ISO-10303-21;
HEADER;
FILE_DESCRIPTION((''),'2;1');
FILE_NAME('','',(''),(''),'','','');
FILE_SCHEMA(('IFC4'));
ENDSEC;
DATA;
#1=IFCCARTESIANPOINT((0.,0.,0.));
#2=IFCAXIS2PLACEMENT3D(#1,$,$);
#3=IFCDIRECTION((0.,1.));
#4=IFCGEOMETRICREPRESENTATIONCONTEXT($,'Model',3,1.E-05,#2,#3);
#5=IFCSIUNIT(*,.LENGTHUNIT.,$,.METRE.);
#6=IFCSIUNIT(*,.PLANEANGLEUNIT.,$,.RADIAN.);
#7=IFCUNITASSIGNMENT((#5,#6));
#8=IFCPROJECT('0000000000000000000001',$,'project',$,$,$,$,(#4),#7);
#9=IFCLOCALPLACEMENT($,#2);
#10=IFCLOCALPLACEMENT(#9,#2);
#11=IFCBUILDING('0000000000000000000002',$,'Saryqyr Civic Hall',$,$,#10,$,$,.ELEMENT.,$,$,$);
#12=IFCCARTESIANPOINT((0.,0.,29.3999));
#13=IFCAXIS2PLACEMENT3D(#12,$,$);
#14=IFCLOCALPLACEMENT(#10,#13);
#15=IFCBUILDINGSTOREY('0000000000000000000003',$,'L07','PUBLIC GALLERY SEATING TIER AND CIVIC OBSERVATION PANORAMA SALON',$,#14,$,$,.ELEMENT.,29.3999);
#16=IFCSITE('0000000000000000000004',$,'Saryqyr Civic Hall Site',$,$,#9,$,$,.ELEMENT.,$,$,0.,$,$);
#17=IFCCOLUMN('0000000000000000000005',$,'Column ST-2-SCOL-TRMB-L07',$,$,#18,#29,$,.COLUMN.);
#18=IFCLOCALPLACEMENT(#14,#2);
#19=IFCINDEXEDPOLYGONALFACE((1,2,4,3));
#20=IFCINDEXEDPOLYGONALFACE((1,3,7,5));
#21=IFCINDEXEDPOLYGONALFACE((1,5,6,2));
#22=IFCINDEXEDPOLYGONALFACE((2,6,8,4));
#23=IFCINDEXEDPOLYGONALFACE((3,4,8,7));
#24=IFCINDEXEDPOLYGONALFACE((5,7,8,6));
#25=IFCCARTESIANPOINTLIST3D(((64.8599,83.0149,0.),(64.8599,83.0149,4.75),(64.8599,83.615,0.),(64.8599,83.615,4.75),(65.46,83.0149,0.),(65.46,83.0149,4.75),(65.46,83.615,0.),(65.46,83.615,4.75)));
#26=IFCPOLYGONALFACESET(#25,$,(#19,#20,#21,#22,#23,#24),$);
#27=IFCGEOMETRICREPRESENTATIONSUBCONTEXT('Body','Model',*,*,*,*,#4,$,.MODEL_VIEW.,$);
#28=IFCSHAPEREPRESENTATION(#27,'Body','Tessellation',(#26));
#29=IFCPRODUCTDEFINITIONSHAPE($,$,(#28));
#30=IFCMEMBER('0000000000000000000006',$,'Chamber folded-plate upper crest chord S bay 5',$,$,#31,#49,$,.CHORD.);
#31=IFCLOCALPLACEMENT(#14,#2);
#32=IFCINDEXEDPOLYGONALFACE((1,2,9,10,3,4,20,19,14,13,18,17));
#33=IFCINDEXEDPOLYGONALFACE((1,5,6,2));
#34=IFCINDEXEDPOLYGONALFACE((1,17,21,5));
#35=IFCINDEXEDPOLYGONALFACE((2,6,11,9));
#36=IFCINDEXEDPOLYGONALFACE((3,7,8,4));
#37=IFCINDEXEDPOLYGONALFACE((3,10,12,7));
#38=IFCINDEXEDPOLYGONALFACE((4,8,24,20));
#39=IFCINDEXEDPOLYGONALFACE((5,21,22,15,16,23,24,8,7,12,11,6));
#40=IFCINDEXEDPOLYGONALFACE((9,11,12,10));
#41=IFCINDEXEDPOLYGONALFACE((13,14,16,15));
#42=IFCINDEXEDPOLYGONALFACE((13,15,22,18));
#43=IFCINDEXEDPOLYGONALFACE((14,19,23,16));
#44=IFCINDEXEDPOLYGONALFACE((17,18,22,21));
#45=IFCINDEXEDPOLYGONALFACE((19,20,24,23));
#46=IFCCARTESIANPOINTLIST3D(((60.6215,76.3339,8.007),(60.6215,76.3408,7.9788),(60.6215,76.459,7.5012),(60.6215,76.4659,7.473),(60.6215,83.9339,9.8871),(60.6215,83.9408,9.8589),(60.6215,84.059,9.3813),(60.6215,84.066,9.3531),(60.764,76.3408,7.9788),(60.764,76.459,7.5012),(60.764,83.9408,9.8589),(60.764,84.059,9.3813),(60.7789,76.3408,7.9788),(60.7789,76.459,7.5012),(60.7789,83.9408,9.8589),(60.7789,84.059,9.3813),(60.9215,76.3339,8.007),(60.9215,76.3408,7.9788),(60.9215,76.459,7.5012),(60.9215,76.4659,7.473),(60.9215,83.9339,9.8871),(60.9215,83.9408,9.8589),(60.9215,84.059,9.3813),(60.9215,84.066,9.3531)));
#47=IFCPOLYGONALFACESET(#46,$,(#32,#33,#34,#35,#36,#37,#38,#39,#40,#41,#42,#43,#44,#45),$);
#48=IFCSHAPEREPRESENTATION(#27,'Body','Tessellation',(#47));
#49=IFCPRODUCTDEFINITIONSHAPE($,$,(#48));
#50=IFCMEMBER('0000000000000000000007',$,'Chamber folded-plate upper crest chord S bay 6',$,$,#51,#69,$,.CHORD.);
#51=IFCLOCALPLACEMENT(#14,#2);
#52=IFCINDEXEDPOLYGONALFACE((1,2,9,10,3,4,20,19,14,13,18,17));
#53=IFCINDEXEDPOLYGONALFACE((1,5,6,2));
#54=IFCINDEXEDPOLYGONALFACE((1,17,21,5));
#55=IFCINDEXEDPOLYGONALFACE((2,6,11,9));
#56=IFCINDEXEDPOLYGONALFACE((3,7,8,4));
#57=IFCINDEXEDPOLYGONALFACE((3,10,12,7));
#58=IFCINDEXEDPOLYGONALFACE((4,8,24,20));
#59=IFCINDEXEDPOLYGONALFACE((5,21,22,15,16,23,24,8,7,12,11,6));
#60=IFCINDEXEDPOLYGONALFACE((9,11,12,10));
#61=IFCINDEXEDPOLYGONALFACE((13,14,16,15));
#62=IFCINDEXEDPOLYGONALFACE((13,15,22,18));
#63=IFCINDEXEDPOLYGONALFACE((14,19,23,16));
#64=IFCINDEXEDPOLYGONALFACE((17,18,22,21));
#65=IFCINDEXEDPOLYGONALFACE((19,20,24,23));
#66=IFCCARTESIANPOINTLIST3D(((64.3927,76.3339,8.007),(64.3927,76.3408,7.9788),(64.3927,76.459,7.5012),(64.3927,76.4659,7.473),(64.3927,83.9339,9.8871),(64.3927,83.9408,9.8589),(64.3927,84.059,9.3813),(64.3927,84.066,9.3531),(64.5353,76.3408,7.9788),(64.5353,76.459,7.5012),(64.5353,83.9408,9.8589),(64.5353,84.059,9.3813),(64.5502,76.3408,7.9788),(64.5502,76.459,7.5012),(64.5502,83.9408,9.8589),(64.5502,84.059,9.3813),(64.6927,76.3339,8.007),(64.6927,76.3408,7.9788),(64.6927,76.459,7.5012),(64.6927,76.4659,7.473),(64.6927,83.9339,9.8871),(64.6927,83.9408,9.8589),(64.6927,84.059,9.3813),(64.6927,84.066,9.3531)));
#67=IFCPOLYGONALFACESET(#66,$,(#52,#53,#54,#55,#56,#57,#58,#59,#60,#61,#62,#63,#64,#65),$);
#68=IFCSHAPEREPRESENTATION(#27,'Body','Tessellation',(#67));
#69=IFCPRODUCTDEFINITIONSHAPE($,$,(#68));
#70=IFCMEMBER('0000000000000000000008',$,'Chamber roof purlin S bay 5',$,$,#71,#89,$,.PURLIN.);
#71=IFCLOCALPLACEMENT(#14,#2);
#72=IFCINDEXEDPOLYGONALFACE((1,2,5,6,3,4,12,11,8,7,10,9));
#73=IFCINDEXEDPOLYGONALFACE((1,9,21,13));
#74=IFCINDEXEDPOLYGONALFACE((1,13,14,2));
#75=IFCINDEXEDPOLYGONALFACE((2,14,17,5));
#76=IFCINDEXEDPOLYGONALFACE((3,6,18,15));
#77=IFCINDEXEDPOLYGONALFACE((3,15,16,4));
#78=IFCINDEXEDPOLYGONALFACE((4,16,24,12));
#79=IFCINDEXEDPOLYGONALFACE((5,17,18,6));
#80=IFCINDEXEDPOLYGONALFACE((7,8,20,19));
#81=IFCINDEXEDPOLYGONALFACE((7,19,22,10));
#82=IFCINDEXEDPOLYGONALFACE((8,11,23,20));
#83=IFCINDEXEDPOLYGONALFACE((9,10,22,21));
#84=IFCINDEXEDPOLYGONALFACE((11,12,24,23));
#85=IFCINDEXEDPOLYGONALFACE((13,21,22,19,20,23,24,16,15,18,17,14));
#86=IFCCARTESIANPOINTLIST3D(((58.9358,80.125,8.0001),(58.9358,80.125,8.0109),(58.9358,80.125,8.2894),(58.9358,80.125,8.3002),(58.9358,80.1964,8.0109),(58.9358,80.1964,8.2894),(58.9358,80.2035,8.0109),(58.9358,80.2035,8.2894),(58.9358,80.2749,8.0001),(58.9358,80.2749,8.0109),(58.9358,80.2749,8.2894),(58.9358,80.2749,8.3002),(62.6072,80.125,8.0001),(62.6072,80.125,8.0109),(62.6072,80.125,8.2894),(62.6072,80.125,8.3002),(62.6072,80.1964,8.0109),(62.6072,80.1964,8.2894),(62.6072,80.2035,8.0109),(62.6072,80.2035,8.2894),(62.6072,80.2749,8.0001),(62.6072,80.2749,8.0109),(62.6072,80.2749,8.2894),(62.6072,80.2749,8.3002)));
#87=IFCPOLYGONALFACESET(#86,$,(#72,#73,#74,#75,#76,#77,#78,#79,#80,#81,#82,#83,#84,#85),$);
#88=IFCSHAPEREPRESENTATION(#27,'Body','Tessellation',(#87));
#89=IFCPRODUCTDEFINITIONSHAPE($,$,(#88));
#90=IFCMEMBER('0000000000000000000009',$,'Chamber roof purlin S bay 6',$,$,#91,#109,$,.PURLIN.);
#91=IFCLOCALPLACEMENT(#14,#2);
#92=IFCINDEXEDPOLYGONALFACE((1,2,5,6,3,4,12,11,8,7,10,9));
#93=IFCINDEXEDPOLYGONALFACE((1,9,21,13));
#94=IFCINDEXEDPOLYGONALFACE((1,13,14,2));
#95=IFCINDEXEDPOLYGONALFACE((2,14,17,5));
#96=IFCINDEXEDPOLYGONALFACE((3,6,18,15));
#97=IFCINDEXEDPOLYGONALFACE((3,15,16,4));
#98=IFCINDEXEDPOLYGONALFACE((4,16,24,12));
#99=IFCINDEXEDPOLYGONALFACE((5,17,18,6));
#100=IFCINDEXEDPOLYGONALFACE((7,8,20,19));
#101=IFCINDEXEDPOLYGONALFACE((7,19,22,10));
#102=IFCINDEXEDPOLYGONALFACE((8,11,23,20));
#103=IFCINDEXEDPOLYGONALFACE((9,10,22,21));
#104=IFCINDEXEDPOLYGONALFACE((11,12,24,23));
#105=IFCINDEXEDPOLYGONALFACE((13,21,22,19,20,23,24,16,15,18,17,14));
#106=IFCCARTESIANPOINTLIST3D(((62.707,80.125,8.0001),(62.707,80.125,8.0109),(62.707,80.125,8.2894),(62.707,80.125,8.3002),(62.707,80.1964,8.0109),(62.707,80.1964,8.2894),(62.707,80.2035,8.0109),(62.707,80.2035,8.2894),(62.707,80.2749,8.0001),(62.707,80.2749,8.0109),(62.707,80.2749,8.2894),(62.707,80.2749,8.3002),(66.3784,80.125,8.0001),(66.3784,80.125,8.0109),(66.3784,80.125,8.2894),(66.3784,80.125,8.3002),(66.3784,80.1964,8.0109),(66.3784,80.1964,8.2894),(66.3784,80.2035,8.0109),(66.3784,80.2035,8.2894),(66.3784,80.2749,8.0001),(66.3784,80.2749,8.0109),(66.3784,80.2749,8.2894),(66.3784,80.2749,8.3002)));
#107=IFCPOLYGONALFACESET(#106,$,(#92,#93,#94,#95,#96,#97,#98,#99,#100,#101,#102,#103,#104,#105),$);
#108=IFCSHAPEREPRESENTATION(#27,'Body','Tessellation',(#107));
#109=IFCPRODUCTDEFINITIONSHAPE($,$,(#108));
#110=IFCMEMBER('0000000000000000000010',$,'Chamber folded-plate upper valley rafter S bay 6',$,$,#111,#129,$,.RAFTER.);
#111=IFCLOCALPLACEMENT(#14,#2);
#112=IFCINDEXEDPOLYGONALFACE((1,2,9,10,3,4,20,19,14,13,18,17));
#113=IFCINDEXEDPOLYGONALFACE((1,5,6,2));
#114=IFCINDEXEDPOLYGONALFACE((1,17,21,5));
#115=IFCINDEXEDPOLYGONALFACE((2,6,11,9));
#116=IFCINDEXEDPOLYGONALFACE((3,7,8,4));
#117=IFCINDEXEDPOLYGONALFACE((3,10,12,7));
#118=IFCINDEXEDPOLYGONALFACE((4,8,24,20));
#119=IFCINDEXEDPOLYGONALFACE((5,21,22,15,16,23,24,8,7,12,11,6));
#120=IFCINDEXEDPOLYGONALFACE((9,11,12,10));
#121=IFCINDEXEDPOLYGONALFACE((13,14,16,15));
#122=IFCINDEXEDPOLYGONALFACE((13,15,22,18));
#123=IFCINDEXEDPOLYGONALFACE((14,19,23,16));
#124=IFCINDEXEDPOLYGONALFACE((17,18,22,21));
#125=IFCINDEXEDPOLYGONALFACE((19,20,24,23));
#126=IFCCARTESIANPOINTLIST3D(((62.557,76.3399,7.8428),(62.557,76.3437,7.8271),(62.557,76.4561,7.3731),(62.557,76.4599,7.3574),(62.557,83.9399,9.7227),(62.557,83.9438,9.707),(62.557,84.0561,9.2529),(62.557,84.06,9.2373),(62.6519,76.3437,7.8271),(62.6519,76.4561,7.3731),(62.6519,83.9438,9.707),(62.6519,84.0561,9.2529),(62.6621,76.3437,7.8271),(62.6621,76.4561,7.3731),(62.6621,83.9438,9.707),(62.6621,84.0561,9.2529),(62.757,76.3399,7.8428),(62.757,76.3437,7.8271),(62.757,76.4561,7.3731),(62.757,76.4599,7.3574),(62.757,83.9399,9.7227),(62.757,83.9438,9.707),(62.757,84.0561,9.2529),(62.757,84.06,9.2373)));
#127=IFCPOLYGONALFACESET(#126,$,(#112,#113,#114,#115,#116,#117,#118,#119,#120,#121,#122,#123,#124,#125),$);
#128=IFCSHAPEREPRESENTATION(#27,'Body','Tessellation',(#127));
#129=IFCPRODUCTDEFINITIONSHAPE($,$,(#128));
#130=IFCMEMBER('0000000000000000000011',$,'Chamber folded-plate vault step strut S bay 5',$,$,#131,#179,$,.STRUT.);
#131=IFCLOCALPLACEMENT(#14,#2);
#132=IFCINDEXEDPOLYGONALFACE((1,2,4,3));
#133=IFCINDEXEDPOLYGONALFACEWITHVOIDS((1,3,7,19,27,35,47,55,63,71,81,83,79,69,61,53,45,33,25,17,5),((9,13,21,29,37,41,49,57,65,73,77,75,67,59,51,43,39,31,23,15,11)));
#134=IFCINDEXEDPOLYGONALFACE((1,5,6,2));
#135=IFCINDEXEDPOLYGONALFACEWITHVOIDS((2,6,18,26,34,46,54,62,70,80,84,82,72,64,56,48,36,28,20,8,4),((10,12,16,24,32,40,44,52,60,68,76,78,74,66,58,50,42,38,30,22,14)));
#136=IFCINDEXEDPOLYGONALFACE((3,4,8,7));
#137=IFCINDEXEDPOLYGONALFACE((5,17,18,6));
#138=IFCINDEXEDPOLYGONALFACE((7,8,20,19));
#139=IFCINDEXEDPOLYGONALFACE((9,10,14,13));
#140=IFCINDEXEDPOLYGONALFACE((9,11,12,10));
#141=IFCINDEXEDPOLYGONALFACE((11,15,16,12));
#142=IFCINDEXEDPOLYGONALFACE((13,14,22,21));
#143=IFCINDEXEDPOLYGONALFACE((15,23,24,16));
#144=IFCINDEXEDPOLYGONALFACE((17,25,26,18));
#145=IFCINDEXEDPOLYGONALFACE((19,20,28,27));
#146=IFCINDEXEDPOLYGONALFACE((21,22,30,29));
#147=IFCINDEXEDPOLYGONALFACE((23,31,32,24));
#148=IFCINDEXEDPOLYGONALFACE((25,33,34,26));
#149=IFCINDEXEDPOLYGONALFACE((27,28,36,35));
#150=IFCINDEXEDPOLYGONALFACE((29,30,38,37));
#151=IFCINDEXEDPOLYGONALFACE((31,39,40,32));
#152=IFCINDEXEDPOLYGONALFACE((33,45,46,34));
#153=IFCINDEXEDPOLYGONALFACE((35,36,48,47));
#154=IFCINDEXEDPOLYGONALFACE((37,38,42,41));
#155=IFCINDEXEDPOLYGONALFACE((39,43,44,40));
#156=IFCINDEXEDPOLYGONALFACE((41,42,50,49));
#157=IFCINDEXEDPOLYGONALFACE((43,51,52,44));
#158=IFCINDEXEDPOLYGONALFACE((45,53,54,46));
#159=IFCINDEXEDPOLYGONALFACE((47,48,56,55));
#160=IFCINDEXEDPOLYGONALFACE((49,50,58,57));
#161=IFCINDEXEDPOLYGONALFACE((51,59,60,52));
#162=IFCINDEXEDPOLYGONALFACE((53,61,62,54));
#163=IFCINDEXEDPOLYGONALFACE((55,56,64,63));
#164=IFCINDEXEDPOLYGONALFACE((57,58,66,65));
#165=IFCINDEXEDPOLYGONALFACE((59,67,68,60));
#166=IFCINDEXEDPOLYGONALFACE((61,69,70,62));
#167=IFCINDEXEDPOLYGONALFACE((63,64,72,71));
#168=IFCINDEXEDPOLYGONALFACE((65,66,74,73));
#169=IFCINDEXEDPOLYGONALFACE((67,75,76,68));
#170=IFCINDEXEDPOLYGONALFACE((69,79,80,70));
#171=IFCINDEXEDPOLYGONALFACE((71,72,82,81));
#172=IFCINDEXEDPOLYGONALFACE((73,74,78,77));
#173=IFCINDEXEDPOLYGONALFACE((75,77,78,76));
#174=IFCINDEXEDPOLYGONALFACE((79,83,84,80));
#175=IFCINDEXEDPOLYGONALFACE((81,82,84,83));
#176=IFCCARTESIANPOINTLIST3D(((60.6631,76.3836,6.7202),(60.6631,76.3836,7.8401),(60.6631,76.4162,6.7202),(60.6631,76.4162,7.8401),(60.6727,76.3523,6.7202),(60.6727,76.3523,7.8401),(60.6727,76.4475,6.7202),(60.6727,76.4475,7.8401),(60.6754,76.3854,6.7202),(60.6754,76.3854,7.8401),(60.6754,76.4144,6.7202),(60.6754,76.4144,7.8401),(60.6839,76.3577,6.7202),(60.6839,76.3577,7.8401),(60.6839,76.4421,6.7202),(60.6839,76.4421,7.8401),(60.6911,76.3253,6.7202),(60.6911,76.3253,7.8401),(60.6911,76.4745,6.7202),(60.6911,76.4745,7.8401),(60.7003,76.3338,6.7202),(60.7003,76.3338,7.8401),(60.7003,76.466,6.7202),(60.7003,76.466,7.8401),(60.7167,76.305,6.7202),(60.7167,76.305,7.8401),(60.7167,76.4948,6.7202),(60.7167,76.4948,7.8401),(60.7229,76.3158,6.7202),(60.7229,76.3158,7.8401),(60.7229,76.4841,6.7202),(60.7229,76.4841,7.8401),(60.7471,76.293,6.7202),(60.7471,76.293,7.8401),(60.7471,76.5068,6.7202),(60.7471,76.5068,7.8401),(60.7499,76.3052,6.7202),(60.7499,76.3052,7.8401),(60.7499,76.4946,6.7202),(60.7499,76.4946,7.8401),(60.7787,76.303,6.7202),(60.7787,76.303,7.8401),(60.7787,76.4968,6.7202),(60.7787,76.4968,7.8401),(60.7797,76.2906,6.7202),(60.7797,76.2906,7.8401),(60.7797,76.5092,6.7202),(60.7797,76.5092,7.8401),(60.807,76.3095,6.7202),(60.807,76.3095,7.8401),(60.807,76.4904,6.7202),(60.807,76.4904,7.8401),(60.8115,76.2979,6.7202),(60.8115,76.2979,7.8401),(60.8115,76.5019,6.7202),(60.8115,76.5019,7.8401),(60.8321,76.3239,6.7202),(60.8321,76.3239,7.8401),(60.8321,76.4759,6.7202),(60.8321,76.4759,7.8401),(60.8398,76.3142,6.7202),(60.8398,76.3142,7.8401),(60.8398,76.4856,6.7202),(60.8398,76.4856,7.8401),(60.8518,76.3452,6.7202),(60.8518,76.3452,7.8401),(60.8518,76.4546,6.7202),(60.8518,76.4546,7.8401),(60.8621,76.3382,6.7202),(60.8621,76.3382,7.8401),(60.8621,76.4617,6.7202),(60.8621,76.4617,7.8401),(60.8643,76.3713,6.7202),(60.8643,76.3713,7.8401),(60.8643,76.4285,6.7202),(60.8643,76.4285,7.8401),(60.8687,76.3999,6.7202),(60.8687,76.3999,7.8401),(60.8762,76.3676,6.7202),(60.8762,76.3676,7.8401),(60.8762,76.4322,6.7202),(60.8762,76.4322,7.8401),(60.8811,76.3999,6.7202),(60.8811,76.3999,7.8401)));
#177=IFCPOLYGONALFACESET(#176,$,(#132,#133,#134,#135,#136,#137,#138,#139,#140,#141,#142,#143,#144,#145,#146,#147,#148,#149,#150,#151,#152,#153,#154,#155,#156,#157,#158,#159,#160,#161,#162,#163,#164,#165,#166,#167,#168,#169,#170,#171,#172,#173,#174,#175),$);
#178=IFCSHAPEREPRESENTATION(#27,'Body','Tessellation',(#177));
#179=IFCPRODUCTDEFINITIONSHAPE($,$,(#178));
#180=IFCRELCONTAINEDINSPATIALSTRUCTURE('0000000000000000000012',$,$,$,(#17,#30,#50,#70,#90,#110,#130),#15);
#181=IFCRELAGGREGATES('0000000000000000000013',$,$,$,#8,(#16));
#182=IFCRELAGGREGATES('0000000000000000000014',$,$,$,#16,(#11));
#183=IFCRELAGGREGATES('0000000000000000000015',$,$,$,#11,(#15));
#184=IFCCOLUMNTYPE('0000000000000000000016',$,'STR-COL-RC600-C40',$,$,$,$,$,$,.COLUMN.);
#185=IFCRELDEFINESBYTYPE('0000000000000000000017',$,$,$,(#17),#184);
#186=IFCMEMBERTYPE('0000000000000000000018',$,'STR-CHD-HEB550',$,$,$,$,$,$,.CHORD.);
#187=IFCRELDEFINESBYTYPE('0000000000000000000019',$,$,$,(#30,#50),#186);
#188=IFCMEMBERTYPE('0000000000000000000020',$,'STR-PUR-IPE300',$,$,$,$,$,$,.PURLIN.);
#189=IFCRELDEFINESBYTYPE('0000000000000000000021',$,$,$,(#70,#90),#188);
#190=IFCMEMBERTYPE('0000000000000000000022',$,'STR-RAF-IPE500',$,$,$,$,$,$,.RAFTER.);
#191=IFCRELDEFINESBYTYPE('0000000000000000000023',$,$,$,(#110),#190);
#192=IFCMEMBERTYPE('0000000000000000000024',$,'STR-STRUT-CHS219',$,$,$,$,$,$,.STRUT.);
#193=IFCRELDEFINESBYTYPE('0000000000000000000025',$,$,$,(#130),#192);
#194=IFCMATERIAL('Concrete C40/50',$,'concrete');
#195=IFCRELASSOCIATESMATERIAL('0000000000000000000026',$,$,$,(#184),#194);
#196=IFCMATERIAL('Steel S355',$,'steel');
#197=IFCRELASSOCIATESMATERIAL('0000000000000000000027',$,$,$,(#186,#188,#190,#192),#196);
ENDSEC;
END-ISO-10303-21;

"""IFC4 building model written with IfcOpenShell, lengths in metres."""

from ifc_helpers import new_model, si_unit, direction, frame, origin, origin_2d, place, context, subcontext, project, spatial, rectangle, hollow_circle, i_section, extrude, material, material_profile, profile_set, type_object, element, save


model = new_model("IFC4")

# Units and contexts
model_context = context("Model", 3, precision=1e-05, world=origin(), true_north=direction((0.0, 1.0)))
body_context = subcontext(model_context, "Body", "Model", "MODEL_VIEW")
ifc_project = project(units=[si_unit("LENGTHUNIT", "METRE"), si_unit("PLANEANGLEUNIT", "RADIAN")], contexts=[model_context])

# Site, building, storey
site_placement = place(None, origin())
site = spatial("IfcSite", under=ifc_project, at=site_placement, Name="Saryqyr Civic Hall Site", CompositionType="ELEMENT", RefElevation=0.0)
building_placement = place(site_placement, origin())
building = spatial("IfcBuilding", under=site, at=building_placement, Name="Saryqyr Civic Hall", CompositionType="ELEMENT")
storey_placement = place(building_placement, frame((0.0, 0.0, 29.3999)))
storey = spatial("IfcBuildingStorey", under=building, at=storey_placement, Name="L07", Description="PUBLIC GALLERY SEATING TIER AND CIVIC OBSERVATION PANORAMA SALON", CompositionType="ELEMENT", Elevation=29.3999)

# Column
ifc_material_1 = material(Name="Concrete C40/50", Category="concrete")
ifc_material_profile_1 = material_profile(ifc_material_1, rectangle(XDim=0.6001, YDim=0.6001, at=origin_2d()), Name="RC 600x600")
ifc_profile_set_1 = profile_set([ifc_material_profile_1], Name="Concrete C40/50")
column_type = type_object("IfcColumnType", Name="STR-COL-RC600-C40", PredefinedType="COLUMN", material=ifc_profile_set_1)
column_placement = place(storey_placement, frame((65.1599, 83.3149, 0.0), z_axis=(0.0, 0.0, 1.0), x_axis=(1.0, 0.0, 0.0)))
element("IfcColumn", 1, at=column_placement, inside=storey, type_object=column_type, Name="Column ST-2-SCOL-TRMB-L07", PredefinedType="COLUMN", context=body_context, shape_type="SweptSolid", body=[
    extrude(rectangle(XDim=0.6001, YDim=0.6001, at=origin_2d()), origin(), (0.0, 0.0, 1.0), 4.75),
])

# Members
ifc_material_2 = material(Name="Steel S355", Category="steel")
ifc_material_profile_2 = material_profile(ifc_material_2, i_section(OverallWidth=0.3, OverallDepth=0.55, WebThickness=0.0149, FlangeThickness=0.0291, at=origin_2d()), Name="HEB 550")
ifc_profile_set_2 = profile_set([ifc_material_profile_2], Name="Steel S355")
member_type_1 = type_object("IfcMemberType", Name="STR-CHD-HEB550", PredefinedType="CHORD", material=ifc_profile_set_2)
for number, where, z_axis, x_axis, name in (
    (2, (60.7715, 76.3999, 7.74), (0.0, 0.970738, 0.240143), (-1.0, 0.0, 0.0), "Chamber folded-plate upper crest chord S bay 5"),
    (3, (64.5427, 76.3999, 7.74), (0.0, 0.970738, 0.240143), (-1.0, 0.0, 0.0), "Chamber folded-plate upper crest chord S bay 6"),
):
    element("IfcMember", number, at=place(storey_placement, frame(where, z_axis=z_axis, x_axis=x_axis)), inside=storey, type_object=member_type_1, Name=name, PredefinedType="CHORD", context=body_context, shape_type="SweptSolid", body=[
        extrude(i_section(OverallWidth=0.3, OverallDepth=0.55, WebThickness=0.0149, FlangeThickness=0.0291, at=origin_2d()), origin(), (0.0, 0.0, 1.0), 7.8291),
    ])
ifc_material_profile_3 = material_profile(ifc_material_2, i_section(OverallWidth=0.1499, OverallDepth=0.3, WebThickness=0.0071, FlangeThickness=0.0107, at=origin_2d()), Name="IPE 300")
ifc_profile_set_3 = profile_set([ifc_material_profile_3], Name="Steel S355")
member_type_2 = type_object("IfcMemberType", Name="STR-PUR-IPE300", PredefinedType="PURLIN", material=ifc_profile_set_3)
for number, where, z_axis, x_axis, name in (
    (4, (58.9358, 80.2, 8.1501), (1.0, 0.0, 0.0), (0.0, 1.0, 0.0), "Chamber roof purlin S bay 5"),
    (5, (62.707, 80.2, 8.1501), (1.0, 0.0, 0.0), (0.0, 1.0, 0.0), "Chamber roof purlin S bay 6"),
):
    element("IfcMember", number, at=place(storey_placement, frame(where, z_axis=z_axis, x_axis=x_axis)), inside=storey, type_object=member_type_2, Name=name, PredefinedType="PURLIN", context=body_context, shape_type="SweptSolid", body=[
        extrude(i_section(OverallWidth=0.1499, OverallDepth=0.3, WebThickness=0.0071, FlangeThickness=0.0107, at=origin_2d()), origin(), (0.0, 0.0, 1.0), 3.6714),
    ])
ifc_material_profile_4 = material_profile(ifc_material_2, i_section(OverallWidth=0.2, OverallDepth=0.5, WebThickness=0.0103, FlangeThickness=0.0161, at=origin_2d()), Name="IPE 500")
ifc_profile_set_4 = profile_set([ifc_material_profile_4], Name="Steel S355")
member_type_3 = type_object("IfcMemberType", Name="STR-RAF-IPE500", PredefinedType="RAFTER", material=ifc_profile_set_4)
member_placement = place(storey_placement, frame((62.657, 76.3999, 7.6001), z_axis=(0.0, 0.970745, 0.240114), x_axis=(-1.0, 0.0, 0.0)))
element("IfcMember", 6, at=member_placement, inside=storey, type_object=member_type_3, Name="Chamber folded-plate upper valley rafter S bay 6", PredefinedType="RAFTER", context=body_context, shape_type="SweptSolid", body=[
    extrude(i_section(OverallWidth=0.2, OverallDepth=0.5, WebThickness=0.0103, FlangeThickness=0.0161, at=origin_2d()), origin(), (0.0, 0.0, 1.0), 7.8291),
])
ifc_material_profile_5 = material_profile(ifc_material_2, hollow_circle(Radius=0.1096, WallThickness=0.0125, at=origin_2d()), Name="CHS 219.1x12.5")
ifc_profile_set_5 = profile_set([ifc_material_profile_5], Name="Steel S355")
member_type_4 = type_object("IfcMemberType", Name="STR-STRUT-CHS219", PredefinedType="STRUT", material=ifc_profile_set_5)
for number, where, z_axis, x_axis, name in (
    (7, (60.7715, 76.3999, 6.7202), (0.0, 0.0, 1.0), (1.0, 0.0, 0.0), "Chamber folded-plate vault step strut S bay 5"),
):
    element("IfcMember", number, at=place(storey_placement, frame(where, z_axis=z_axis, x_axis=x_axis)), inside=storey, type_object=member_type_4, Name=name, PredefinedType="STRUT", context=body_context, shape_type="SweptSolid", body=[
        extrude(hollow_circle(Radius=0.1096, WallThickness=0.0125, at=origin_2d()), origin(), (0.0, 0.0, 1.0), 1.1199),
    ])

save(model, "model.ifc")
